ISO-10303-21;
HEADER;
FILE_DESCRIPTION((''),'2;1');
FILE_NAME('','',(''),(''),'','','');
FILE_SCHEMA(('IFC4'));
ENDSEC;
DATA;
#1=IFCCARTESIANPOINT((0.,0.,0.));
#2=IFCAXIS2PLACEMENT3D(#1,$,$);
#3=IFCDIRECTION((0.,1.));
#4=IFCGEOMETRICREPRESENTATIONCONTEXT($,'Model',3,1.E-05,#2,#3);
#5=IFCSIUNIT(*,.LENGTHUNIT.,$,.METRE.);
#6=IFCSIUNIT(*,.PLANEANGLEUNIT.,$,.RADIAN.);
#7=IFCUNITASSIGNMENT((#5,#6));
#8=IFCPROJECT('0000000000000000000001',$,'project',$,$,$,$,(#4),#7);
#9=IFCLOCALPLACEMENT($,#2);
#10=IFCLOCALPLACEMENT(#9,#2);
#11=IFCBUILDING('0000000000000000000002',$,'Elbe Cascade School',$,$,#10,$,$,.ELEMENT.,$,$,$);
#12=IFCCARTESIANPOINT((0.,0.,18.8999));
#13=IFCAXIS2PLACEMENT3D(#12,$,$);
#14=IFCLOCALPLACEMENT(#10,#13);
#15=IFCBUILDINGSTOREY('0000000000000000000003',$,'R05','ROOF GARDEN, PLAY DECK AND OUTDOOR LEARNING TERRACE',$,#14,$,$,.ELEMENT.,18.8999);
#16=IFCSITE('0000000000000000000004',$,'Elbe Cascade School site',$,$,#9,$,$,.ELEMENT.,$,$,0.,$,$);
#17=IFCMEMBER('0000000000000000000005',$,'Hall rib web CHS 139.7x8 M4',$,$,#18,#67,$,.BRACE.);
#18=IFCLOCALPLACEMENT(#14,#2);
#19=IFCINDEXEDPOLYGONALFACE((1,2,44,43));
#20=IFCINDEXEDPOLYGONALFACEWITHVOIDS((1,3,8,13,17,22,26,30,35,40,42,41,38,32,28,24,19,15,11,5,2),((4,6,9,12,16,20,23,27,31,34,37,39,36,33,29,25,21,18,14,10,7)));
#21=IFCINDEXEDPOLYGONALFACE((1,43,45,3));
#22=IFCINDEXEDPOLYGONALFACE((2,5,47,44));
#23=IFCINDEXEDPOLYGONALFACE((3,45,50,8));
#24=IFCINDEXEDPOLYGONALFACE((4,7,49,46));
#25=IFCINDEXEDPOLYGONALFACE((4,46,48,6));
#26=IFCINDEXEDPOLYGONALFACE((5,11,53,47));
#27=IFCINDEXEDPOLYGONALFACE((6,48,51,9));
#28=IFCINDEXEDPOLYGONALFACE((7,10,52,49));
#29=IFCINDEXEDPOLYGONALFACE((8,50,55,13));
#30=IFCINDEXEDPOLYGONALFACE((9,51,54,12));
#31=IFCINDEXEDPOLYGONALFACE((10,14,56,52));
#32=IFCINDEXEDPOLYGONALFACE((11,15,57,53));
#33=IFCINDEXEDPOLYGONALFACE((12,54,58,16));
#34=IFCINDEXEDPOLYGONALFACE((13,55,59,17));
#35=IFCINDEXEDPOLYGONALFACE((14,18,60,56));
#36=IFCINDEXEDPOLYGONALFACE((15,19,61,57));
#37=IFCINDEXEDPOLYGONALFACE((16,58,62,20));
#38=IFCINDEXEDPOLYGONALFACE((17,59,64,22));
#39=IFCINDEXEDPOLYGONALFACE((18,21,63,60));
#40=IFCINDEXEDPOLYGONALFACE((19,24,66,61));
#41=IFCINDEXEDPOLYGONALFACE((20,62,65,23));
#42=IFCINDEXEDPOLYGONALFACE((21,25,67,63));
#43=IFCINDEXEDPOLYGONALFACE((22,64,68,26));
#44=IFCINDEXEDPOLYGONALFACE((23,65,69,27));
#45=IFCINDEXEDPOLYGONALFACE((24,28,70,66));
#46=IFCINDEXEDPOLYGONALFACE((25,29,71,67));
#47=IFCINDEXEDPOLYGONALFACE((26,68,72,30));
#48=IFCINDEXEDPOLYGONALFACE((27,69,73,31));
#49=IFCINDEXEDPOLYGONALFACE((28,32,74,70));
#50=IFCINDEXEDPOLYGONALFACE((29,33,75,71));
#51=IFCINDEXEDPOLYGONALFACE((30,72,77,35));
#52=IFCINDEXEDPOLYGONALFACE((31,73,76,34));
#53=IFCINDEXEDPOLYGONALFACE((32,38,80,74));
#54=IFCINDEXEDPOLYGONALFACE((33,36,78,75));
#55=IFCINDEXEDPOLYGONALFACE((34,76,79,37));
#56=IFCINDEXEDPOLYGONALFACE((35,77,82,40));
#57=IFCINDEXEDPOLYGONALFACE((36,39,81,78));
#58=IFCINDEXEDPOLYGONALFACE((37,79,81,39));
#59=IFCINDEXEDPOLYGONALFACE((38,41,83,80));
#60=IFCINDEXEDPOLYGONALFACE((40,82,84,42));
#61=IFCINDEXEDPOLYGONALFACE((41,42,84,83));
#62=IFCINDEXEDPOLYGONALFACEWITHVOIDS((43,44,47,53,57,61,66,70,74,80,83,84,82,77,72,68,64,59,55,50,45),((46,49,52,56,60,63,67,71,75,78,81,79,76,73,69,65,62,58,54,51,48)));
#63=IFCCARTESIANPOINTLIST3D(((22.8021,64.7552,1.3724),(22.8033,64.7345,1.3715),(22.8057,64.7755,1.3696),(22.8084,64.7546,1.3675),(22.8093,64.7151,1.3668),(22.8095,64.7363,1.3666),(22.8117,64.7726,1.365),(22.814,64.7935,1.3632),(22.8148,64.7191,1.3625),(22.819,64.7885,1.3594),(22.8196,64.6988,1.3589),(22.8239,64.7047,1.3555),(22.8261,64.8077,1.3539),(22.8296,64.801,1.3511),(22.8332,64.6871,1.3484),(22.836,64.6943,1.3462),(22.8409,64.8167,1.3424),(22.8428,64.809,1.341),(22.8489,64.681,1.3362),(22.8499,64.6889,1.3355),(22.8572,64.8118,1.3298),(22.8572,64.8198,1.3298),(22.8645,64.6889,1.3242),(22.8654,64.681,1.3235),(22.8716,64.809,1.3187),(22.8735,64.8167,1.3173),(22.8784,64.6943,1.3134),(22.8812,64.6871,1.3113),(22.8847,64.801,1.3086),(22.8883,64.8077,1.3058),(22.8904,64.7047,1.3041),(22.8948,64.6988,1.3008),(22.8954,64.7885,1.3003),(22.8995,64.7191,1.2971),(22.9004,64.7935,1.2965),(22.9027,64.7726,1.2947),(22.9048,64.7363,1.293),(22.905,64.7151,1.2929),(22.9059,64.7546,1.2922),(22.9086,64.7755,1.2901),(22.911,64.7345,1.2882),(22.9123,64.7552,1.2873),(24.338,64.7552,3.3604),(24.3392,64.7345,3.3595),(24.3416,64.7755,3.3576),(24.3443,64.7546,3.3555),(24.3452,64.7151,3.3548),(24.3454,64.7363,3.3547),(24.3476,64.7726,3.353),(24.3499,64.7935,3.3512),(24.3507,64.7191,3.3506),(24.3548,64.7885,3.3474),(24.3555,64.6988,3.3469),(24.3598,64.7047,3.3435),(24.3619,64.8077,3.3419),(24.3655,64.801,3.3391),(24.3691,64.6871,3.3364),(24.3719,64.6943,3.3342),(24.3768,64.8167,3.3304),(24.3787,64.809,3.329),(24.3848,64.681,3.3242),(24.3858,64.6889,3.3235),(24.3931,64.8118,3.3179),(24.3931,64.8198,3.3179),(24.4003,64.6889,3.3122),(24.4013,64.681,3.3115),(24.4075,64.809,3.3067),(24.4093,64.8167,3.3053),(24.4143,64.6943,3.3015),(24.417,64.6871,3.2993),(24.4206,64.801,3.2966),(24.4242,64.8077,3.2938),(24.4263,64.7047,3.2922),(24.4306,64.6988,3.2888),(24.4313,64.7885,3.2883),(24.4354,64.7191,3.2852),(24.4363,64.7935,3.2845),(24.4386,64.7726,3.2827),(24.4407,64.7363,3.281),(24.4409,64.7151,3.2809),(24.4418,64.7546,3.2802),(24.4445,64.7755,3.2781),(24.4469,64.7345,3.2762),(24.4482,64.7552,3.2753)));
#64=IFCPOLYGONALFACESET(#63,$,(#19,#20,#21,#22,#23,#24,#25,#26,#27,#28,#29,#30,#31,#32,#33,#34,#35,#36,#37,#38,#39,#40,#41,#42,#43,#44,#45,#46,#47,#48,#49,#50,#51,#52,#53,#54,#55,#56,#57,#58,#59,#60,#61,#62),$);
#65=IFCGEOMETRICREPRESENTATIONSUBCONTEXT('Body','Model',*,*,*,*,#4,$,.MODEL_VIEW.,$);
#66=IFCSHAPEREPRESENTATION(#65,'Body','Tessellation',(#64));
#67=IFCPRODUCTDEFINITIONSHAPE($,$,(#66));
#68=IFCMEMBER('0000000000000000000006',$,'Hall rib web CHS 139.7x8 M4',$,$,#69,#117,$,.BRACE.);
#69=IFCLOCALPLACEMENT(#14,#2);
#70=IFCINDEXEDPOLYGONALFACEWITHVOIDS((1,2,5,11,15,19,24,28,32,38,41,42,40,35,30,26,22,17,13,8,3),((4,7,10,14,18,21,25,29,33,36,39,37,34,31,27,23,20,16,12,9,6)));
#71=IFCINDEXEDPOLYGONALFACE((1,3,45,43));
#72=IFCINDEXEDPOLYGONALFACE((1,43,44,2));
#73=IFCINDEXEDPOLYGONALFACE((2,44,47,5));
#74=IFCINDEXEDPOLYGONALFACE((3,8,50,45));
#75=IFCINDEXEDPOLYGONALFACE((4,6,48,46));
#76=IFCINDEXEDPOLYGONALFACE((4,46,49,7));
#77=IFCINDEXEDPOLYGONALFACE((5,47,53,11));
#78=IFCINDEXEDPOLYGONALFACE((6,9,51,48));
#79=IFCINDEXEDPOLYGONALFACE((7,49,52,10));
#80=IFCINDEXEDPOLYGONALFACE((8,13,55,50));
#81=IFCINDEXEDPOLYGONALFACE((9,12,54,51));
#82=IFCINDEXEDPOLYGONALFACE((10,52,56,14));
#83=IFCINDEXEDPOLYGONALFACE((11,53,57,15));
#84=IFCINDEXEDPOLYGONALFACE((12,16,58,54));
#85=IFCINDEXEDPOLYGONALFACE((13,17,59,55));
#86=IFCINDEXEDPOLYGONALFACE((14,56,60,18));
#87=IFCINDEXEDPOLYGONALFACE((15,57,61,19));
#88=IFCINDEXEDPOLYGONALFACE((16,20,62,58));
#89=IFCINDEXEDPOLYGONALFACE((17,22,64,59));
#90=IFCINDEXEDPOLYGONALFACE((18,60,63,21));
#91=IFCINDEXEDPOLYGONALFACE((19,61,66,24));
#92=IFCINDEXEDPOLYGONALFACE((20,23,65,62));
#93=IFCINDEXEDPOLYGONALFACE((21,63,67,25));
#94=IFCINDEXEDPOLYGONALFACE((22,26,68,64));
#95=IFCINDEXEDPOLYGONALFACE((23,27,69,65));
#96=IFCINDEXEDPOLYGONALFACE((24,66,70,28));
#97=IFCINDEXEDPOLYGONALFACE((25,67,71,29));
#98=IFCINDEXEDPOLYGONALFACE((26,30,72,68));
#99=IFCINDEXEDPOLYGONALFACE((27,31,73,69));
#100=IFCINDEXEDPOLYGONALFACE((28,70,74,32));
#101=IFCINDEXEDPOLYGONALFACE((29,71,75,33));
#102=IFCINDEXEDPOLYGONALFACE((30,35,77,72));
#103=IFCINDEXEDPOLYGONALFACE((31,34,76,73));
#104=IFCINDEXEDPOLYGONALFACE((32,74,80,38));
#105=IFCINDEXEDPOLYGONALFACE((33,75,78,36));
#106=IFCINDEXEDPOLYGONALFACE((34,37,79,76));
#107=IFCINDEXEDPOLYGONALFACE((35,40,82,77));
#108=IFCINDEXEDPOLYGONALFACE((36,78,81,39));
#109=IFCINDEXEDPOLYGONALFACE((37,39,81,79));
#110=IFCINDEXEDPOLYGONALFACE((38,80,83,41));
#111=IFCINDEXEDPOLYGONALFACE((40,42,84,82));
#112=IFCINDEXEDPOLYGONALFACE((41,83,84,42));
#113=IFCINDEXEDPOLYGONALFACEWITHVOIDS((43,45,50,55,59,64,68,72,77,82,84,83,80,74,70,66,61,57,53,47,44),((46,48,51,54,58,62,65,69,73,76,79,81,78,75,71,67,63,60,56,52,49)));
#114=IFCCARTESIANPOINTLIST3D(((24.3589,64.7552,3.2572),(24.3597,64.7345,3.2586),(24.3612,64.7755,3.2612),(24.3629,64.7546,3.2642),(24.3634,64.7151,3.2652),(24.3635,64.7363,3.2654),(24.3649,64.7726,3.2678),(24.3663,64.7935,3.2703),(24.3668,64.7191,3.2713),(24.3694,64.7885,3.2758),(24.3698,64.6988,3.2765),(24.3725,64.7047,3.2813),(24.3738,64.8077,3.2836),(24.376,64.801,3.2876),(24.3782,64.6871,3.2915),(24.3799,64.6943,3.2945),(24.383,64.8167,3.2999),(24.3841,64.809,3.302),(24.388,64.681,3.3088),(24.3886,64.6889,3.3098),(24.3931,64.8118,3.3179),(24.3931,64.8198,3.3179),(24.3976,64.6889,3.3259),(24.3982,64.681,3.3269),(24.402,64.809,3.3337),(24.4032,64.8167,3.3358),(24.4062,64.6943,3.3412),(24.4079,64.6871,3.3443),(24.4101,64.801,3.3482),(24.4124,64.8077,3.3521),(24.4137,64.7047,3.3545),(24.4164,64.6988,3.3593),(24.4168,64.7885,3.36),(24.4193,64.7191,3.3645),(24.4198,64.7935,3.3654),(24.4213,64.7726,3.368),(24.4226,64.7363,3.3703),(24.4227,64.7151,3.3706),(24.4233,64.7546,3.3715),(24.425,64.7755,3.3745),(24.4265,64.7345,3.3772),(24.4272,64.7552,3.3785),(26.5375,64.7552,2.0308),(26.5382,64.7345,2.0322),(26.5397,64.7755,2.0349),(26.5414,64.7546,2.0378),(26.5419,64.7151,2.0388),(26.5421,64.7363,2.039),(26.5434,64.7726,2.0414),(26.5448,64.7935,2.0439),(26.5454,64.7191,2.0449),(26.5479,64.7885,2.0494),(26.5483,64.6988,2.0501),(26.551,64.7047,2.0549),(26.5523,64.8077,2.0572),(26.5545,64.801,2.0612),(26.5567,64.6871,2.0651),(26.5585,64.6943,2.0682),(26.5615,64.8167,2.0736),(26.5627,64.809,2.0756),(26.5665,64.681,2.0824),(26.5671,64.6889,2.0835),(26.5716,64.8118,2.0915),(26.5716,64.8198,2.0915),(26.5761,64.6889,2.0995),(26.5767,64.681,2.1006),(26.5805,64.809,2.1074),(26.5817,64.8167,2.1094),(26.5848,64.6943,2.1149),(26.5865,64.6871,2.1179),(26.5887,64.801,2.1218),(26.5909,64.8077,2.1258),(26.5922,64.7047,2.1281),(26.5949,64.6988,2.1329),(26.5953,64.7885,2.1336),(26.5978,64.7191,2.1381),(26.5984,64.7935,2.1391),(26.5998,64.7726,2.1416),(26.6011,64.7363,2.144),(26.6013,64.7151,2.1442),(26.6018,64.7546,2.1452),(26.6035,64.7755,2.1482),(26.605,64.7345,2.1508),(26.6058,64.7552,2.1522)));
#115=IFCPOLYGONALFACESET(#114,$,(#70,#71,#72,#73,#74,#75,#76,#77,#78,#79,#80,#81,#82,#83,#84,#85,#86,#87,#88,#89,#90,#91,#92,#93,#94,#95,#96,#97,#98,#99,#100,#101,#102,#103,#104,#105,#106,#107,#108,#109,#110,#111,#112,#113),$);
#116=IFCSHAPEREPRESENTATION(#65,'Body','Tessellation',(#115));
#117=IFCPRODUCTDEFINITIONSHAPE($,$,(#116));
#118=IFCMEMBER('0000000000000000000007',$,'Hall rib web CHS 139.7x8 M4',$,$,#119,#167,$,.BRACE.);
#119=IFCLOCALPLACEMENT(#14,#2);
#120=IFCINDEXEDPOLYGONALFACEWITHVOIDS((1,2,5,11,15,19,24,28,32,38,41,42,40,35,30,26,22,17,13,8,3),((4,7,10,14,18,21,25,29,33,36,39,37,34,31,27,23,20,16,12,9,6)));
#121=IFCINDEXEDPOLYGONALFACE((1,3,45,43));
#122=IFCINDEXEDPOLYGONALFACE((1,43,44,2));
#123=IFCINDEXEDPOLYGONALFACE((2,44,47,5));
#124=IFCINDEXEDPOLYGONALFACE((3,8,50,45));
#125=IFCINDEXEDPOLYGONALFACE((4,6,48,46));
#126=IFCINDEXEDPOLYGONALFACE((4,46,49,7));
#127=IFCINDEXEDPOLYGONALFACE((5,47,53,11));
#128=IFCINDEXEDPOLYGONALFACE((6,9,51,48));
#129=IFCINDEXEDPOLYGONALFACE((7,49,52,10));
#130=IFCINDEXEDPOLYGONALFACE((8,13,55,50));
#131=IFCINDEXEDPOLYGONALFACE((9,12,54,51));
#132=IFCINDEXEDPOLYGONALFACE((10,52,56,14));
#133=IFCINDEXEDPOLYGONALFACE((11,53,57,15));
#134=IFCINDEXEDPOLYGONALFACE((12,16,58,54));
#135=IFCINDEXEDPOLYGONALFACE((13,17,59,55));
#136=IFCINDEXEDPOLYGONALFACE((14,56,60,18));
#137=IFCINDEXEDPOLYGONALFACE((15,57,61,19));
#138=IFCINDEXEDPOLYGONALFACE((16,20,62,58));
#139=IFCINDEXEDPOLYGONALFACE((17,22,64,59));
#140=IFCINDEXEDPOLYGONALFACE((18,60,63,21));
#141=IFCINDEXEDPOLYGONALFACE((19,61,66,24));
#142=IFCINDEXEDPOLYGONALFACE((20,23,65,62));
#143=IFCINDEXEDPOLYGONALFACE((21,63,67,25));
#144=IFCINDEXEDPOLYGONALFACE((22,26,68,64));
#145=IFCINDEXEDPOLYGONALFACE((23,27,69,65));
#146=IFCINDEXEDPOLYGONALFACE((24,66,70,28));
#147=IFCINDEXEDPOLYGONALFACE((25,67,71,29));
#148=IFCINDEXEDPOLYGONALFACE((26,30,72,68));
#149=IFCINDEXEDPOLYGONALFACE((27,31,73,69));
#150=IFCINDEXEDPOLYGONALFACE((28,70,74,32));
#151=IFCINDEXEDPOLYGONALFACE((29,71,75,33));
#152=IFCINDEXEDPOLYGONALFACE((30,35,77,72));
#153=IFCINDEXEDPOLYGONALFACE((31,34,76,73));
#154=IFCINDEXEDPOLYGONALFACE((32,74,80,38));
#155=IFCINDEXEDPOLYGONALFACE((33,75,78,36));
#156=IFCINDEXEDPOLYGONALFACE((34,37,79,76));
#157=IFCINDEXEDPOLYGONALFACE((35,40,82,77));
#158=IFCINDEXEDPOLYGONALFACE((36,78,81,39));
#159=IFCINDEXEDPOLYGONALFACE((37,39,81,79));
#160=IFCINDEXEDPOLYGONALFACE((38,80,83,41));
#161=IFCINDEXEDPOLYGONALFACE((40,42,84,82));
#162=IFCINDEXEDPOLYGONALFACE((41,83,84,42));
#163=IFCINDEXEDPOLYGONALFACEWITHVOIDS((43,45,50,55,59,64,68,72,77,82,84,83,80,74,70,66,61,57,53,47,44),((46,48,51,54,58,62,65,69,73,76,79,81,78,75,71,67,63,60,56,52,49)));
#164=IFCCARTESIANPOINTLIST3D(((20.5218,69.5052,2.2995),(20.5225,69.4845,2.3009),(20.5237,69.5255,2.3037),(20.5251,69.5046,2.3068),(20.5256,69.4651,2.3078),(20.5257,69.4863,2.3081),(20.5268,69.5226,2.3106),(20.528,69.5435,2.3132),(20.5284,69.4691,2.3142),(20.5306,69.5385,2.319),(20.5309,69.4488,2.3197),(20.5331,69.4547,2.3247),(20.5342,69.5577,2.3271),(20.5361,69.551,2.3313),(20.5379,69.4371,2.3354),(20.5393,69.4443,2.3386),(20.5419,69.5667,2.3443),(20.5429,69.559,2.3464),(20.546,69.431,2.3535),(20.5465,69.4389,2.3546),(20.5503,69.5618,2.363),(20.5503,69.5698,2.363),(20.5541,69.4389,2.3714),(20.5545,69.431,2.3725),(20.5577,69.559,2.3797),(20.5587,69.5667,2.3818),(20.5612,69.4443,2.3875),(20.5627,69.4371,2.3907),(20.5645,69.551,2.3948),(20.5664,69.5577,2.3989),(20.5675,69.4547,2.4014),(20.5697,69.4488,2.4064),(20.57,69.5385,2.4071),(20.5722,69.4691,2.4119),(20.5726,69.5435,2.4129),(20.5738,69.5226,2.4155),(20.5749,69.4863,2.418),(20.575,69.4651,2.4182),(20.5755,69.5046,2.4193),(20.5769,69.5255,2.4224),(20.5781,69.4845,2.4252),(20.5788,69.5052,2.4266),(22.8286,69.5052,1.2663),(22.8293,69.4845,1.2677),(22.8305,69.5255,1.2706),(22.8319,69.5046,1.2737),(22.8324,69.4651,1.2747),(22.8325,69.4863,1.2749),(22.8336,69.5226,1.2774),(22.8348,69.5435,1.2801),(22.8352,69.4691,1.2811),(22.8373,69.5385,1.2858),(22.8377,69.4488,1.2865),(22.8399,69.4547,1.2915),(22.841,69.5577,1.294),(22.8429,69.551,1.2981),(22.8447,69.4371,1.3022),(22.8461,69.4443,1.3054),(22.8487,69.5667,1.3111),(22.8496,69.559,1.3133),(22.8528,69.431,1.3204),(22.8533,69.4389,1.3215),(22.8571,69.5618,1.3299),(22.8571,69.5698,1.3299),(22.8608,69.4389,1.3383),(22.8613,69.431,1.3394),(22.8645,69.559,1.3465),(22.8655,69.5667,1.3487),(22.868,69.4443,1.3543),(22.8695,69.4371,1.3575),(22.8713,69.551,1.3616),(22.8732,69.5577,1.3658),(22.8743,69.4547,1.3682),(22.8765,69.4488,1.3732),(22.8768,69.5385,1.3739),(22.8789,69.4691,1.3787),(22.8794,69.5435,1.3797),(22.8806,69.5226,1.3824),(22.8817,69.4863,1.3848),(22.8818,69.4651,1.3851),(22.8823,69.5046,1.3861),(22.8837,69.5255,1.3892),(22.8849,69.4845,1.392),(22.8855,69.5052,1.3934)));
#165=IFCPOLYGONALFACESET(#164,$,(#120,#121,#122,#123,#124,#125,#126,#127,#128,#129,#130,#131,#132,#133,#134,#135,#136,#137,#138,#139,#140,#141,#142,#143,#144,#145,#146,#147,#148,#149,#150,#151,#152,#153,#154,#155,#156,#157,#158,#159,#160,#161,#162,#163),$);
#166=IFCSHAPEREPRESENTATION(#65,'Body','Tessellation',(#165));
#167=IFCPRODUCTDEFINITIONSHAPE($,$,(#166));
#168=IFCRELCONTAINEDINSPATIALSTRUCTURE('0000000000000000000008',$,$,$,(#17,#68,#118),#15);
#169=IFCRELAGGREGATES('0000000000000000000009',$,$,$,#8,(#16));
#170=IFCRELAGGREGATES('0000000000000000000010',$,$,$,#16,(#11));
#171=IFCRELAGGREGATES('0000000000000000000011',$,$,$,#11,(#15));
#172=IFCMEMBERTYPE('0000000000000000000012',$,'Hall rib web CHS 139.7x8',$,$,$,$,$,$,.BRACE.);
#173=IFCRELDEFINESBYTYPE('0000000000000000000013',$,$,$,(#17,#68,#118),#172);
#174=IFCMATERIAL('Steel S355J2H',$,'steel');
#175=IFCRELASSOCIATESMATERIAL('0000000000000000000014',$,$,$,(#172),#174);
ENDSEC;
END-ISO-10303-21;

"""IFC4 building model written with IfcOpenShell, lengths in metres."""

from ifc_helpers import new_model, si_unit, direction, frame, origin, origin_2d, place, context, subcontext, project, spatial, hollow_circle, extrude, material, material_profile, profile_set, type_object, element, save


model = new_model("IFC4")

# Units and contexts
model_context = context("Model", 3, precision=1e-05, world=origin(), true_north=direction((0.0, 1.0)))
body_context = subcontext(model_context, "Body", "Model", "MODEL_VIEW")
ifc_project = project(units=[si_unit("LENGTHUNIT", "METRE"), si_unit("PLANEANGLEUNIT", "RADIAN")], contexts=[model_context])

# Site, building, storey
site_placement = place(None, origin())
site = spatial("IfcSite", under=ifc_project, at=site_placement, Name="Elbe Cascade School site", CompositionType="ELEMENT", RefElevation=0.0)
building_placement = place(site_placement, origin())
building = spatial("IfcBuilding", under=site, at=building_placement, Name="Elbe Cascade School", CompositionType="ELEMENT")
storey_placement = place(building_placement, frame((0.0, 0.0, 18.8999)))
storey = spatial("IfcBuildingStorey", under=building, at=storey_placement, Name="R05", Description="ROOF GARDEN, PLAY DECK AND OUTDOOR LEARNING TERRACE", CompositionType="ELEMENT", Elevation=18.8999)

# Members
ifc_material_1 = material(Name="Steel S355J2H", Category="steel")
ifc_material_profile_1 = material_profile(ifc_material_1, hollow_circle(Radius=0.0698, WallThickness=0.0081, at=origin_2d()), Name="CHS 139.7x8")
ifc_profile_set_1 = profile_set([ifc_material_profile_1], Name="Steel S355J2H")
member_type_1 = type_object("IfcMemberType", Name="Hall rib web CHS 139.7x8", PredefinedType="BRACE", material=ifc_profile_set_1)
member_1_placement = place(storey_placement, frame((22.8572, 64.75, 1.3298), z_axis=(0.611367, 0.0, 0.791347), x_axis=(0.0, 1.0, 0.0)))
element("IfcMember", 1, at=member_1_placement, inside=storey, type_object=member_type_1, Name="Hall rib web CHS 139.7x8 M4", PredefinedType="BRACE", context=body_context, shape_type="SweptSolid", body=[
    extrude(hollow_circle(Radius=0.0698, WallThickness=0.0081, at=origin_2d()), origin(), (0.0, 0.0, 1.0), 2.5122),
])
member_2_placement = place(storey_placement, frame((24.3931, 64.75, 3.3179), z_axis=(0.871416, 0.0, -0.490544), x_axis=(0.0, 1.0, 0.0)))
element("IfcMember", 2, at=member_2_placement, inside=storey, type_object=member_type_1, Name="Hall rib web CHS 139.7x8 M4", PredefinedType="BRACE", context=body_context, shape_type="SweptSolid", body=[
    extrude(hollow_circle(Radius=0.0698, WallThickness=0.0081, at=origin_2d()), origin(), (0.0, 0.0, 1.0), 2.5),
])
member_3_placement = place(storey_placement, frame((20.5503, 69.5, 2.363), z_axis=(0.912645, 0.0, -0.408754), x_axis=(0.0, 1.0, 0.0)))
element("IfcMember", 3, at=member_3_placement, inside=storey, type_object=member_type_1, Name="Hall rib web CHS 139.7x8 M4", PredefinedType="BRACE", context=body_context, shape_type="SweptSolid", body=[
    extrude(hollow_circle(Radius=0.0698, WallThickness=0.0081, at=origin_2d()), origin(), (0.0, 0.0, 1.0), 2.5276),
])

save(model, "model.ifc")
